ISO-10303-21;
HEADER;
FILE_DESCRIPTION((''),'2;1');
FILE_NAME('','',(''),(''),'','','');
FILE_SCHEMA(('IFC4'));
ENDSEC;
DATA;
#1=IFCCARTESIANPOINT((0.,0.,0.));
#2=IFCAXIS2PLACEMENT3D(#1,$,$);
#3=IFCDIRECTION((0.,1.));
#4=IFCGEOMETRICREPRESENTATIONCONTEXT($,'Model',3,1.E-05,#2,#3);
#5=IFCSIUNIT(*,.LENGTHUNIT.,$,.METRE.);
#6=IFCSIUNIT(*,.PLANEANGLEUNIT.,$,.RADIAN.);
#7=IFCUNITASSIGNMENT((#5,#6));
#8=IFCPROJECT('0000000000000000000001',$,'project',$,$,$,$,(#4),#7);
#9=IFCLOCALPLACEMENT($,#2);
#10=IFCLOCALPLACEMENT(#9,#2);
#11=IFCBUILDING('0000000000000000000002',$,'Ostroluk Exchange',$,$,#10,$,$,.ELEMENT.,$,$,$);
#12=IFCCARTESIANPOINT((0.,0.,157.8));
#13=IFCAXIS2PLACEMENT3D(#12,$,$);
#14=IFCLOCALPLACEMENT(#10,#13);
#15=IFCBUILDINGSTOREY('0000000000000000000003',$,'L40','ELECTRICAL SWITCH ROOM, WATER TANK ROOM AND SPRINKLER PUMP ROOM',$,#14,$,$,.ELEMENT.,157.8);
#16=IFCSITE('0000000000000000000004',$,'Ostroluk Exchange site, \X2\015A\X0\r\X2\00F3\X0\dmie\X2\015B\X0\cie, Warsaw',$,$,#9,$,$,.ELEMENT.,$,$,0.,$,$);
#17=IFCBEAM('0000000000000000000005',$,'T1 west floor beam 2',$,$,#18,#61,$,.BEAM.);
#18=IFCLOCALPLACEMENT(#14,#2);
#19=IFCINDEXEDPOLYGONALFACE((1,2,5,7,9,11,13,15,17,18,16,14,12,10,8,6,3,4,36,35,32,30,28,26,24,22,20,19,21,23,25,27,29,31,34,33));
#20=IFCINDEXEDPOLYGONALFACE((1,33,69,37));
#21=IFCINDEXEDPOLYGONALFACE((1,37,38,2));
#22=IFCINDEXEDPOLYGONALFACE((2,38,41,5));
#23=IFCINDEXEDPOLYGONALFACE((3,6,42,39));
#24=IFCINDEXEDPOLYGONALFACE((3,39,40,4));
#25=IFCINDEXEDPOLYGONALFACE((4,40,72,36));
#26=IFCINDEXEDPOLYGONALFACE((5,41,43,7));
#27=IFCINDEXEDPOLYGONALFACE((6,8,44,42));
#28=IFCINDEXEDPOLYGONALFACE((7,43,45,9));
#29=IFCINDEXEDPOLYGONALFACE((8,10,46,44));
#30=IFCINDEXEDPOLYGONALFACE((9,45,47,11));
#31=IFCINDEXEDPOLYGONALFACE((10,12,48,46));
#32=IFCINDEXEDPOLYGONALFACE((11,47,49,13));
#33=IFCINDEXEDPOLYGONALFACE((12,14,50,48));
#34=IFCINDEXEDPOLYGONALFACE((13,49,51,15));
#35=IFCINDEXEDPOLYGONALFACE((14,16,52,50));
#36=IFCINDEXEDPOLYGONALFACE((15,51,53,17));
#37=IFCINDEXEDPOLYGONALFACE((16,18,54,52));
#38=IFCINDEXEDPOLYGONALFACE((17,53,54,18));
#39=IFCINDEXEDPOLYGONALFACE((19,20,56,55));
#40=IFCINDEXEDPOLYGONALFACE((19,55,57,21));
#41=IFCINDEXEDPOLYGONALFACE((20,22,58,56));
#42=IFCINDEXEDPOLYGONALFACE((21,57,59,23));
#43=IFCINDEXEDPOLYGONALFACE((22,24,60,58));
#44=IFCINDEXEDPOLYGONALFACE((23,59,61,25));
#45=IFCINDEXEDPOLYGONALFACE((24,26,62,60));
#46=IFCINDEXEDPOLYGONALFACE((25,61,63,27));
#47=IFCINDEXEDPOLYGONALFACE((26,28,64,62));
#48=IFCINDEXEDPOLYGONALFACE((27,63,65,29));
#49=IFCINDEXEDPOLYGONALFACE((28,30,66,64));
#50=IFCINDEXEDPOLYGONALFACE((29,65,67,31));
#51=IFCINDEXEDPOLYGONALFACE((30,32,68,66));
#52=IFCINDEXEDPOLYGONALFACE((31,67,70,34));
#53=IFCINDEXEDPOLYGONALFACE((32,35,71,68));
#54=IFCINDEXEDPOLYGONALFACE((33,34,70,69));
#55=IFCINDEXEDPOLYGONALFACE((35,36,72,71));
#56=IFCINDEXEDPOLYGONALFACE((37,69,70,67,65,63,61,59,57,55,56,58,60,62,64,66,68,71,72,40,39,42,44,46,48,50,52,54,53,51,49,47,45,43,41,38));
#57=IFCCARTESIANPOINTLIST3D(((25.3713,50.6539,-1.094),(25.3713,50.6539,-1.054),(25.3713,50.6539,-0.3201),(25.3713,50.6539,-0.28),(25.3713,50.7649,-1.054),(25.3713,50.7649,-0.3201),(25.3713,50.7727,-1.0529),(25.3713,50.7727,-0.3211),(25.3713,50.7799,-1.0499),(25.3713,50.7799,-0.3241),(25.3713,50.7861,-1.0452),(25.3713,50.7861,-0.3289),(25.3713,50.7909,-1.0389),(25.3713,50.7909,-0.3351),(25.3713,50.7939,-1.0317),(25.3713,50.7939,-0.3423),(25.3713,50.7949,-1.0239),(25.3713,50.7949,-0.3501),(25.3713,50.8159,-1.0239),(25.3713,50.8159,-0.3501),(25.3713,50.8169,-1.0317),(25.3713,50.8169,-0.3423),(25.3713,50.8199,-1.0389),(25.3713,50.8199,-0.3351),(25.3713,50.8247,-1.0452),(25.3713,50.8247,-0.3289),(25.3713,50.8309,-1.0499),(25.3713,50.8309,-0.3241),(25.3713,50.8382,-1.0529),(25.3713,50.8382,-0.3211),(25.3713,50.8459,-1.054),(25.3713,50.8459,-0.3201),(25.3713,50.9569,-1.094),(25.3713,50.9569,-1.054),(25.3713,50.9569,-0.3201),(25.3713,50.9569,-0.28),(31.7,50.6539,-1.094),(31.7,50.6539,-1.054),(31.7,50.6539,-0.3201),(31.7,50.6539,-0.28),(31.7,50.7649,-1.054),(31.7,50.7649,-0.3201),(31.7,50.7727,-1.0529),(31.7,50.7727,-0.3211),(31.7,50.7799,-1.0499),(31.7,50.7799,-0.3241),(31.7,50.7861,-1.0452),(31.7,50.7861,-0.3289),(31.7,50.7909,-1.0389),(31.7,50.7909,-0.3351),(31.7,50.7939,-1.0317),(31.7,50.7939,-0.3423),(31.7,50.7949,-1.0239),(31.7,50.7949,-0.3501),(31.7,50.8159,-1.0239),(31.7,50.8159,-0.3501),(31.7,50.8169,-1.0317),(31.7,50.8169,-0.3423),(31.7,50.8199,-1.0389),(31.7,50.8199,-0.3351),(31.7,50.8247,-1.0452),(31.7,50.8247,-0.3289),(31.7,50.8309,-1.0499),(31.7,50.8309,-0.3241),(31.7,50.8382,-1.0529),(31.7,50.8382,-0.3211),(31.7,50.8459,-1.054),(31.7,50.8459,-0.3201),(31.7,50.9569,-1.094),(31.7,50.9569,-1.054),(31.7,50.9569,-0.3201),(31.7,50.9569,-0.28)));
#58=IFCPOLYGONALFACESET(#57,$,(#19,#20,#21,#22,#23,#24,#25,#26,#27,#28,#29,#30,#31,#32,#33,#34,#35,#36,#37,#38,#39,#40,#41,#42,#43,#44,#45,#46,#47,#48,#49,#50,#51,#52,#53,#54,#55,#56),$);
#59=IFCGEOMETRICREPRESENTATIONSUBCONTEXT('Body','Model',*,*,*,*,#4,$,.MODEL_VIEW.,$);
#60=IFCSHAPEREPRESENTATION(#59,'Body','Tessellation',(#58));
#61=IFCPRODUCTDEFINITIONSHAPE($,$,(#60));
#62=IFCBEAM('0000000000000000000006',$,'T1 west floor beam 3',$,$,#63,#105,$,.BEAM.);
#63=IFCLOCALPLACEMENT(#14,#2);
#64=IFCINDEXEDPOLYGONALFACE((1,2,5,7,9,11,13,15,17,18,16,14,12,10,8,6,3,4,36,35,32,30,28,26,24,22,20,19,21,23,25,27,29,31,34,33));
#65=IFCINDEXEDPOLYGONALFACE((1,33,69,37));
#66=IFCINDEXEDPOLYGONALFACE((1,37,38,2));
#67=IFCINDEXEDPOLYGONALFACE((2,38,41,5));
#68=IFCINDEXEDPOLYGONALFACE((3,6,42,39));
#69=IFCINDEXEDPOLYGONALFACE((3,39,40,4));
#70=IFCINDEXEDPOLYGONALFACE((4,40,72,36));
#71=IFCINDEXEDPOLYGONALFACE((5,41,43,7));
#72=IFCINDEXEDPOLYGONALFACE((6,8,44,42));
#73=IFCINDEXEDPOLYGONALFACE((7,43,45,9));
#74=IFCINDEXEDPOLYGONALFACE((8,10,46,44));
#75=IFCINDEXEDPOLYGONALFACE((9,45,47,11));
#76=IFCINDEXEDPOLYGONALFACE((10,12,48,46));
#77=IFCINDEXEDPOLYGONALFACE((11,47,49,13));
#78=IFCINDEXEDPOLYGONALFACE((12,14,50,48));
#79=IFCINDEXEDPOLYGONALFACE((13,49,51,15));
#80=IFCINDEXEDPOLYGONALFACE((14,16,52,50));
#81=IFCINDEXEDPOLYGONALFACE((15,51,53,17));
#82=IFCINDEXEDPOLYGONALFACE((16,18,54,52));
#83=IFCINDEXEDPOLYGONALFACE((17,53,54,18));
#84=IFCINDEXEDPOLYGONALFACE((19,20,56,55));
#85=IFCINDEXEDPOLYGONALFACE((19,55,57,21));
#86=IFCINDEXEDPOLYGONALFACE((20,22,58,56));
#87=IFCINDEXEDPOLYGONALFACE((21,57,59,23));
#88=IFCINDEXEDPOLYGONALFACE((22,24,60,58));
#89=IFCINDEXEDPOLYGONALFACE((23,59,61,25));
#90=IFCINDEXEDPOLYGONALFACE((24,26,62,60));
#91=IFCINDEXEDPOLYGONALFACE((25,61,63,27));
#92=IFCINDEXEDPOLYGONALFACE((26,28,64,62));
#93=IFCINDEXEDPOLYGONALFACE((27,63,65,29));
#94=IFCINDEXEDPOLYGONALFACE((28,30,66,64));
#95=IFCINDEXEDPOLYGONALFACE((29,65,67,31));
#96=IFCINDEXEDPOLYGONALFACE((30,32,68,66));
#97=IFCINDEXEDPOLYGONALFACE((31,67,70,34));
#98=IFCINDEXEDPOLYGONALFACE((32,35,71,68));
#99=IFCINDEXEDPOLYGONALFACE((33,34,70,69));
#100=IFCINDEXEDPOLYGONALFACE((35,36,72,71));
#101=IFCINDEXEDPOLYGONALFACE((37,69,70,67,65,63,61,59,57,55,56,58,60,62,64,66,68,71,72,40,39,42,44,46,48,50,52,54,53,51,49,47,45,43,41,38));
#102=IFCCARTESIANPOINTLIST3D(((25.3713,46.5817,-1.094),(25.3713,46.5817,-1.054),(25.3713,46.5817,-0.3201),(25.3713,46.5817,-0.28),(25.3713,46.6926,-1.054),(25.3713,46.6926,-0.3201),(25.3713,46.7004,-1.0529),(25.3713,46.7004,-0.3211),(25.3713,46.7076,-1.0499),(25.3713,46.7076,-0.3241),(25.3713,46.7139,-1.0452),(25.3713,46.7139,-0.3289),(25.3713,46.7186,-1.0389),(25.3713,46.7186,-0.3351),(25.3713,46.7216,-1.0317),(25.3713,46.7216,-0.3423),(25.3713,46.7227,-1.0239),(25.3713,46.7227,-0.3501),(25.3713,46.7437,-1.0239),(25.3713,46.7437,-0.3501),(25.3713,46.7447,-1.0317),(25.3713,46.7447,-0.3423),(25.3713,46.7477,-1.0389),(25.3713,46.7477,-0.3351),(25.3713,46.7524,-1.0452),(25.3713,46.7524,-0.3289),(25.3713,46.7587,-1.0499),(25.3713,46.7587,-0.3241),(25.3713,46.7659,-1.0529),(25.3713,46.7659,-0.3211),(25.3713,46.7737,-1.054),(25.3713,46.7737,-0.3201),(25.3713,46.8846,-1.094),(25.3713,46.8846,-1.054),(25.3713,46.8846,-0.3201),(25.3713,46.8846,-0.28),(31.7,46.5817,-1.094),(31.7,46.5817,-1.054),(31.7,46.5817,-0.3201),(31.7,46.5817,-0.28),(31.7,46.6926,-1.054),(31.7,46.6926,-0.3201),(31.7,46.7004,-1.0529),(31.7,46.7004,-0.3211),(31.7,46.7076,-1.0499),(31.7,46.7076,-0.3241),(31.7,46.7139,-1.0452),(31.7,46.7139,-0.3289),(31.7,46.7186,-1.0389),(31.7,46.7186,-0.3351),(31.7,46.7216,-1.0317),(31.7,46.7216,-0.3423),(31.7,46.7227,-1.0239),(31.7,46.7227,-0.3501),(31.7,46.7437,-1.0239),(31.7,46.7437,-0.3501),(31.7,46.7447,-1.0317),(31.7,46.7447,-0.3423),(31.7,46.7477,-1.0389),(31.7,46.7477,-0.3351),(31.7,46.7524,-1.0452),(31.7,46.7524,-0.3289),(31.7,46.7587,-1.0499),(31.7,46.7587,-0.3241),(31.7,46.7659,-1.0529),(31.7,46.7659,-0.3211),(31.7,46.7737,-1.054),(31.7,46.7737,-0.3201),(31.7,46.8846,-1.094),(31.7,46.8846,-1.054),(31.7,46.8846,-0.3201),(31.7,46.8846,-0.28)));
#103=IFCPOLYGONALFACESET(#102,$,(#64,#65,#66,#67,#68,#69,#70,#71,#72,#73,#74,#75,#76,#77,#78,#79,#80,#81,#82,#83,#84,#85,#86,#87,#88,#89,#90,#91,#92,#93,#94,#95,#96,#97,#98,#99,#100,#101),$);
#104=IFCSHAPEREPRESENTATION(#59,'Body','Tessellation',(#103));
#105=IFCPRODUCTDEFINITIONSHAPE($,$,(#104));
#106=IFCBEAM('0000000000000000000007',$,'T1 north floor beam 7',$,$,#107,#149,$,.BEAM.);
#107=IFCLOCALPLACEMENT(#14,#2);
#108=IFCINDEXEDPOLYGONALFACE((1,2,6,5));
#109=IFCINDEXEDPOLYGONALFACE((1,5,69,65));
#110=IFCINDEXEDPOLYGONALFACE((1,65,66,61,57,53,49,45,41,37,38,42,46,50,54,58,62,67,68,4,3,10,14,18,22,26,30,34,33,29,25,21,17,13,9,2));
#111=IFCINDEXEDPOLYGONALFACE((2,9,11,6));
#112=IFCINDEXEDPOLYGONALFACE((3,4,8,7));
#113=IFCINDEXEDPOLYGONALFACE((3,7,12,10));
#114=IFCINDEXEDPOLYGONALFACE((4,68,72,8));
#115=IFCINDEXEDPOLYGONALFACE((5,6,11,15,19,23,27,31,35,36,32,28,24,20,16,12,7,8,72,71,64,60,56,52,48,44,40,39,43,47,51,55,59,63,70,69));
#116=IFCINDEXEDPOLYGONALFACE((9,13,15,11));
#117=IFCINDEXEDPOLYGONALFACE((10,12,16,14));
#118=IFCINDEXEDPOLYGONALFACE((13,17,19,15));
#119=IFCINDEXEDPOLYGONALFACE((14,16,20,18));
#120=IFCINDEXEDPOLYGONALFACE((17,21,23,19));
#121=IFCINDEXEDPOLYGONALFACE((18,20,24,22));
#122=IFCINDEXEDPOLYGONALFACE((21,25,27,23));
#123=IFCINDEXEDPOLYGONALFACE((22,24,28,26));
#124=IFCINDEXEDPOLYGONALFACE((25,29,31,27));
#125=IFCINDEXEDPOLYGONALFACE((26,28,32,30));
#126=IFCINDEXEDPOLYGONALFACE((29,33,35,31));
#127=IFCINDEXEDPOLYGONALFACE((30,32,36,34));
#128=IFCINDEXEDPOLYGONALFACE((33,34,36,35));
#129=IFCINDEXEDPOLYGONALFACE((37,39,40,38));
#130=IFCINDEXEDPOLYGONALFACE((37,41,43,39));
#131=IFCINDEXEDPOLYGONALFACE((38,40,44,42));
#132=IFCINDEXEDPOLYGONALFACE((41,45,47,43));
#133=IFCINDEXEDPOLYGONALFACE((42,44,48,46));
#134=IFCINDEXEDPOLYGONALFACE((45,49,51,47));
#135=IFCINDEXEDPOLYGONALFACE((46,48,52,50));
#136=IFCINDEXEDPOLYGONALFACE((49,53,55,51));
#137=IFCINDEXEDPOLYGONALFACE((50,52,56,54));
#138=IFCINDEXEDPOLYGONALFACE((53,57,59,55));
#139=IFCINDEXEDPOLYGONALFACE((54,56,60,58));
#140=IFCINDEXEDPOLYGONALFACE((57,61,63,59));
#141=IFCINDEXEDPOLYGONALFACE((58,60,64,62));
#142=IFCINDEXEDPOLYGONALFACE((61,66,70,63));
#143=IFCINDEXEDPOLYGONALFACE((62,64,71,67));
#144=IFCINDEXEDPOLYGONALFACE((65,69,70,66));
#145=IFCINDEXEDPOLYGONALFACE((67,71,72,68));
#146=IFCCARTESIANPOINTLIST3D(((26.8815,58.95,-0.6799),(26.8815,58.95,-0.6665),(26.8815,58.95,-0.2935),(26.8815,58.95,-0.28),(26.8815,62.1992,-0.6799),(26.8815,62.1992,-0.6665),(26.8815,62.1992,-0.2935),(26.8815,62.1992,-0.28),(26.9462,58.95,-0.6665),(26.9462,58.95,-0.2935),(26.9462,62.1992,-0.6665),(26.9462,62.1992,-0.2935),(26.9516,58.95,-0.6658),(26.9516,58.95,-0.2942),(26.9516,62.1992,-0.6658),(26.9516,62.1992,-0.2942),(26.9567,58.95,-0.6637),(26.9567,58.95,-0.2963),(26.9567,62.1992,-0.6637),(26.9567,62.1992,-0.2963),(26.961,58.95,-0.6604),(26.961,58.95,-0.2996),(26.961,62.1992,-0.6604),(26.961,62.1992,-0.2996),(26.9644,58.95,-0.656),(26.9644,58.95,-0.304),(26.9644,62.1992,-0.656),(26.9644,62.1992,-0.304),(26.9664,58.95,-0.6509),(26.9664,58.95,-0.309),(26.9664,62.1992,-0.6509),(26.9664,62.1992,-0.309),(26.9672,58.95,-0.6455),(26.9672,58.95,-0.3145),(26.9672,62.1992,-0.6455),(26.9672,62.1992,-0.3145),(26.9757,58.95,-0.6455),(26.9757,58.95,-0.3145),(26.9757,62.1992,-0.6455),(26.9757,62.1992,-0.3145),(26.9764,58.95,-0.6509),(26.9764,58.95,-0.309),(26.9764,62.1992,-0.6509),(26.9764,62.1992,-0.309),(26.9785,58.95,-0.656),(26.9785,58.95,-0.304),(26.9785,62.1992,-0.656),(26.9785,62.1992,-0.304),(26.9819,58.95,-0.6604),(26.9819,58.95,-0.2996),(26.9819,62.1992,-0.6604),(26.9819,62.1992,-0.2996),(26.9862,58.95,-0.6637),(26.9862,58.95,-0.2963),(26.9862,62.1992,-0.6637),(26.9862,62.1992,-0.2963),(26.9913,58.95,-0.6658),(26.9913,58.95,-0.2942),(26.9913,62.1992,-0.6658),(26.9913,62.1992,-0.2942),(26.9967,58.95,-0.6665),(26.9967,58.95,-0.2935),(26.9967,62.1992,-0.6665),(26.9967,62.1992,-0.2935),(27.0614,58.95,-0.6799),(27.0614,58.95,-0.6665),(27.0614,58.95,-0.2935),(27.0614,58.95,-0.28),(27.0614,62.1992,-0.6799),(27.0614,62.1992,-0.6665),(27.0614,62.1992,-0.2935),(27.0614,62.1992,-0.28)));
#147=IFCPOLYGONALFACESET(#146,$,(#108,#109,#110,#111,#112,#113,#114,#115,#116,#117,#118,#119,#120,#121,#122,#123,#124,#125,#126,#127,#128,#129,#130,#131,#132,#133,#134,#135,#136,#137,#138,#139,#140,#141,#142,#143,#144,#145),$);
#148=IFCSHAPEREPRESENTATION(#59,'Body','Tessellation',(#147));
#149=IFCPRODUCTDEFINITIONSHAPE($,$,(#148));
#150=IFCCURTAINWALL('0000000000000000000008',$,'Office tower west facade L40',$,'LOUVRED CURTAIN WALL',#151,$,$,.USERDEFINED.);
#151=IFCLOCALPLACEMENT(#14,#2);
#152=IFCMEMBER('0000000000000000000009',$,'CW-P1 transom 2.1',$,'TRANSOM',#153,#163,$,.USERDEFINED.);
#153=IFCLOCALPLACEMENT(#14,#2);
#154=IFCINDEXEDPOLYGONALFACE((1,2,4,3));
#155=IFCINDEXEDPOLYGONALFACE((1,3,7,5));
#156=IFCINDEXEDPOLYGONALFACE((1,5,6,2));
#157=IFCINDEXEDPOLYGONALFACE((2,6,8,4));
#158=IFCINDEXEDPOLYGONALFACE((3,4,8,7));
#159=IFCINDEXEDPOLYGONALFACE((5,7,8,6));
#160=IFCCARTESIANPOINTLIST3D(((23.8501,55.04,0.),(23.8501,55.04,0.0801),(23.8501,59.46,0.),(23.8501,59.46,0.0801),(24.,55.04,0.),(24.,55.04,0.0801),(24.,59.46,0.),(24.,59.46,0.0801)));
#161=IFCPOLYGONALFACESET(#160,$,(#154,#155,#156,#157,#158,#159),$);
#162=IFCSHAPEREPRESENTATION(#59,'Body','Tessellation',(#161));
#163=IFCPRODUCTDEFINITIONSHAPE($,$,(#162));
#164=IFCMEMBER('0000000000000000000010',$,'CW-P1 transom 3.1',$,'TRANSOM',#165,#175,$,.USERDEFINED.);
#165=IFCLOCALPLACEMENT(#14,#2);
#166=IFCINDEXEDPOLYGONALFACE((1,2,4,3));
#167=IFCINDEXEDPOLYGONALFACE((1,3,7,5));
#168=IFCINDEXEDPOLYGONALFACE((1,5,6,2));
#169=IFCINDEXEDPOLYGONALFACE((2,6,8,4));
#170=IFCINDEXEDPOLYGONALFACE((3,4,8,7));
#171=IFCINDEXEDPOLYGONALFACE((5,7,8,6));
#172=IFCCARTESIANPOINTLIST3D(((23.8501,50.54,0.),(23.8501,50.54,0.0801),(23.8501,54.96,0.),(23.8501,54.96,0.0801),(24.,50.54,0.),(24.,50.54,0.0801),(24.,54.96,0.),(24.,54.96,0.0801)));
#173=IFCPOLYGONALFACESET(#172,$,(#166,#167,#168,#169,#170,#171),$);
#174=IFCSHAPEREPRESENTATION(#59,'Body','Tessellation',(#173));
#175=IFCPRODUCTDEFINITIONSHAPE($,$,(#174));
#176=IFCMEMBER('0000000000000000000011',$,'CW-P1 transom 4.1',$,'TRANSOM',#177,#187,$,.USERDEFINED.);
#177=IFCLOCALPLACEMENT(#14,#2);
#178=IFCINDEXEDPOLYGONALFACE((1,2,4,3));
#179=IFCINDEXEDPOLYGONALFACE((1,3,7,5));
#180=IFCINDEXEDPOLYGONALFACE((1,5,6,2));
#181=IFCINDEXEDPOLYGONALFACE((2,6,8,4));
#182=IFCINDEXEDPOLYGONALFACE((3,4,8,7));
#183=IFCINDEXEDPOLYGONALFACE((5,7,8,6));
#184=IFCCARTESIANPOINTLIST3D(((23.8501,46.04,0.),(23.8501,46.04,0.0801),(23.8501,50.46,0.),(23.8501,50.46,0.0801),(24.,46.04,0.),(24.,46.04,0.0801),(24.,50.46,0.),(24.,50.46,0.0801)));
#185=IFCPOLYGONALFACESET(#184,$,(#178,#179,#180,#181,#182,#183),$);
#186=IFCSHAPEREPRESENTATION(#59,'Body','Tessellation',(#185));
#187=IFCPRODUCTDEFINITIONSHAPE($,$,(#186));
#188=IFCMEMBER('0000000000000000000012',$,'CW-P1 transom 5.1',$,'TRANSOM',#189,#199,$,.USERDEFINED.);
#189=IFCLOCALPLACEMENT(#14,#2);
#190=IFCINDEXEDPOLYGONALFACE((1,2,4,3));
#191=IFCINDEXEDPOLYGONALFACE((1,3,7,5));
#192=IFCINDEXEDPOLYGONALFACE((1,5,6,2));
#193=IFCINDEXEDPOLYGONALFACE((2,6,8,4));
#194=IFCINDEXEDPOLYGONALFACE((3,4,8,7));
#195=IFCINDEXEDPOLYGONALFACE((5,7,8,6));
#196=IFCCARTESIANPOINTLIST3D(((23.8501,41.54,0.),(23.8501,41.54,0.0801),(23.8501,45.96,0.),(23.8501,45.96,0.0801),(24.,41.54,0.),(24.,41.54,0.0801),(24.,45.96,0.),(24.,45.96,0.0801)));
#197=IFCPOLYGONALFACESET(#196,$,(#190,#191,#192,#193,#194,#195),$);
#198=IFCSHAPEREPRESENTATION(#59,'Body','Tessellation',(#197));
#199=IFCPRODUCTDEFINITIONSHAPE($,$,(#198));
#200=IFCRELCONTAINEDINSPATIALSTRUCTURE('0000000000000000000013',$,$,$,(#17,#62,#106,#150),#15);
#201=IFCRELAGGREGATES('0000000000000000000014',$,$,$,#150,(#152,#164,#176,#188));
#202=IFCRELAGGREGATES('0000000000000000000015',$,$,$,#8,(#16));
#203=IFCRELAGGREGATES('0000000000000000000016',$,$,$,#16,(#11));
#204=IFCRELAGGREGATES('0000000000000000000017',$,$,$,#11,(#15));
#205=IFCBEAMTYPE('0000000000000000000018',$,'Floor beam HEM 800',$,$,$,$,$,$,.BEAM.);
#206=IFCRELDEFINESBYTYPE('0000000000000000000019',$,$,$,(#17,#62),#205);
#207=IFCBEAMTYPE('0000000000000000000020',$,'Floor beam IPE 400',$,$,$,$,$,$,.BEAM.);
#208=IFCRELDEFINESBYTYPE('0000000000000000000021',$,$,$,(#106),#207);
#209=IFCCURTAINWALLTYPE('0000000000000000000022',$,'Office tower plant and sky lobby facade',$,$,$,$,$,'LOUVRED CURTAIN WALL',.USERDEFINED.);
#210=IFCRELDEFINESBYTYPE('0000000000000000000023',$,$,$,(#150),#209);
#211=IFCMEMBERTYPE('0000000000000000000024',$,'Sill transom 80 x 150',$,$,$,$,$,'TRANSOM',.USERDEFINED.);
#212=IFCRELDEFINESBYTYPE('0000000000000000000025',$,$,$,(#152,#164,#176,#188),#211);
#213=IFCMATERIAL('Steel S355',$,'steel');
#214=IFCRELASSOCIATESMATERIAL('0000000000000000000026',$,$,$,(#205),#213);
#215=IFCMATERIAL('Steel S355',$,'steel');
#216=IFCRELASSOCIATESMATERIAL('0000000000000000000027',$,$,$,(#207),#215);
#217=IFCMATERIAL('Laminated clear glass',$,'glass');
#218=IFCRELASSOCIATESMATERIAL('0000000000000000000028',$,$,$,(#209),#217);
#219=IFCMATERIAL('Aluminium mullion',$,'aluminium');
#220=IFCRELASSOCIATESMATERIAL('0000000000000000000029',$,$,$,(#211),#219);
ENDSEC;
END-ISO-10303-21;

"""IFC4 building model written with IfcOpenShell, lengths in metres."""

from ifc_helpers import new_model, si_unit, direction, frame, origin, origin_2d, place, context, subcontext, project, spatial, rectangle, i_section, extrude, material, material_profile, profile_set, type_object, element, aggregate, save


model = new_model("IFC4")

# Units and contexts
model_context = context("Model", 3, precision=1e-05, world=origin(), true_north=direction((0.0, 1.0)))
body_context = subcontext(model_context, "Body", "Model", "MODEL_VIEW")
ifc_project = project(units=[si_unit("LENGTHUNIT", "METRE"), si_unit("PLANEANGLEUNIT", "RADIAN")], contexts=[model_context])

# Site, building, storey
site_placement = place(None, origin())
site = spatial("IfcSite", under=ifc_project, at=site_placement, Name="Ostroluk Exchange site, Śródmieście, Warsaw", CompositionType="ELEMENT", RefElevation=0.0)
building_placement = place(site_placement, origin())
building = spatial("IfcBuilding", under=site, at=building_placement, Name="Ostroluk Exchange", CompositionType="ELEMENT")
storey_placement = place(building_placement, frame((0.0, 0.0, 157.8)))
storey = spatial("IfcBuildingStorey", under=building, at=storey_placement, Name="L40", Description="ELECTRICAL SWITCH ROOM, WATER TANK ROOM AND SPRINKLER PUMP ROOM", CompositionType="ELEMENT", Elevation=157.8)

# Beams
ifc_material_1 = material(Name="Steel S355", Category="steel")
ifc_material_profile_1 = material_profile(ifc_material_1, i_section(OverallWidth=0.303, OverallDepth=0.814, WebThickness=0.021, FlangeThickness=0.04, FilletRadius=0.03, at=origin_2d()), Name="HEM 800")
ifc_profile_set_1 = profile_set([ifc_material_profile_1], Name="Steel S355")
beam_type_1 = type_object("IfcBeamType", Name="Floor beam HEM 800", PredefinedType="BEAM", material=ifc_profile_set_1)
for number, where, z_axis, x_axis, name in (
    (1, (31.7, 50.8054, -0.687), (-1.0, 0.0, 0.0), (0.0, -1.0, 0.0), "T1 west floor beam 2"),
    (2, (31.7, 46.7332, -0.687), (-1.0, 0.0, 0.0), (0.0, -1.0, 0.0), "T1 west floor beam 3"),
):
    element("IfcBeam", number, at=place(storey_placement, frame(where, z_axis=z_axis, x_axis=x_axis)), inside=storey, type_object=beam_type_1, Name=name, PredefinedType="BEAM", context=body_context, shape_type="SweptSolid", body=[
        extrude(i_section(OverallWidth=0.303, OverallDepth=0.814, WebThickness=0.021, FlangeThickness=0.04, FilletRadius=0.03, at=origin_2d()), origin(), (0.0, 0.0, 1.0), 6.3286),
    ])
ifc_material_2 = material(Name="Steel S355", Category="steel")
ifc_material_profile_2 = material_profile(ifc_material_2, i_section(OverallWidth=0.1799, OverallDepth=0.3999, WebThickness=0.0085, FlangeThickness=0.0134, FilletRadius=0.021, at=origin_2d()), Name="IPE 400")
ifc_profile_set_2 = profile_set([ifc_material_profile_2], Name="Steel S355")
beam_type_2 = type_object("IfcBeamType", Name="Floor beam IPE 400", PredefinedType="BEAM", material=ifc_profile_set_2)
beam_placement = place(storey_placement, frame((26.9714, 58.95, -0.48), z_axis=(0.0, 1.0, 0.0), x_axis=(-1.0, 0.0, 0.0)))
element("IfcBeam", 3, at=beam_placement, inside=storey, type_object=beam_type_2, Name="T1 north floor beam 7", PredefinedType="BEAM", context=body_context, shape_type="SweptSolid", body=[
    extrude(i_section(OverallWidth=0.1799, OverallDepth=0.3999, WebThickness=0.0085, FlangeThickness=0.0134, FilletRadius=0.021, at=origin_2d()), origin(), (0.0, 0.0, 1.0), 3.2493),
])

# Curtain wall, members
ifc_material_3 = material(Name="Laminated clear glass", Category="glass")
curtain_wall_type = type_object("IfcCurtainWallType", Name="Office tower plant and sky lobby facade", ElementType="LOUVRED CURTAIN WALL", PredefinedType="USERDEFINED", material=ifc_material_3)
curtain_wall_placement = place(storey_placement, origin())
curtain_wall = element("IfcCurtainWall", 4, at=curtain_wall_placement, inside=storey, type_object=curtain_wall_type, Name="Office tower west facade L40", ObjectType="LOUVRED CURTAIN WALL", PredefinedType="USERDEFINED")
ifc_material_4 = material(Name="Aluminium mullion", Category="aluminium")
ifc_material_profile_3 = material_profile(ifc_material_4, rectangle(XDim=0.1499, YDim=0.0801, at=origin_2d()), Name="Sill transom 80 x 150")
ifc_profile_set_3 = profile_set([ifc_material_profile_3], Name="Aluminium mullion")
member_type_1 = type_object("IfcMemberType", Name="Sill transom 80 x 150", ElementType="TRANSOM", PredefinedType="USERDEFINED", material=ifc_profile_set_3)
member_1_placement = place(storey_placement, frame((23.925, 59.46, 0.04), z_axis=(0.0, -1.0, 0.0), x_axis=(1.0, 0.0, 0.0)))
member_1 = element("IfcMember", 5, at=member_1_placement, type_object=member_type_1, Name="CW-P1 transom 2.1", ObjectType="TRANSOM", PredefinedType="USERDEFINED", context=body_context, shape_type="SweptSolid", body=[
    extrude(rectangle(XDim=0.1499, YDim=0.0801, at=origin_2d()), origin(), (0.0, 0.0, 1.0), 4.4199),
])
member_2_placement = place(storey_placement, frame((23.925, 54.96, 0.04), z_axis=(0.0, -1.0, 0.0), x_axis=(1.0, 0.0, 0.0)))
member_2 = element("IfcMember", 6, at=member_2_placement, type_object=member_type_1, Name="CW-P1 transom 3.1", ObjectType="TRANSOM", PredefinedType="USERDEFINED", context=body_context, shape_type="SweptSolid", body=[
    extrude(rectangle(XDim=0.1499, YDim=0.0801, at=origin_2d()), origin(), (0.0, 0.0, 1.0), 4.4199),
])
member_3_placement = place(storey_placement, frame((23.925, 50.46, 0.04), z_axis=(0.0, -1.0, 0.0), x_axis=(1.0, 0.0, 0.0)))
member_3 = element("IfcMember", 7, at=member_3_placement, type_object=member_type_1, Name="CW-P1 transom 4.1", ObjectType="TRANSOM", PredefinedType="USERDEFINED", context=body_context, shape_type="SweptSolid", body=[
    extrude(rectangle(XDim=0.1499, YDim=0.0801, at=origin_2d()), origin(), (0.0, 0.0, 1.0), 4.4199),
])
member_4_placement = place(storey_placement, frame((23.925, 45.96, 0.04), z_axis=(0.0, -1.0, 0.0), x_axis=(1.0, 0.0, 0.0)))
member_4 = element("IfcMember", 8, at=member_4_placement, type_object=member_type_1, Name="CW-P1 transom 5.1", ObjectType="TRANSOM", PredefinedType="USERDEFINED", context=body_context, shape_type="SweptSolid", body=[
    extrude(rectangle(XDim=0.1499, YDim=0.0801, at=origin_2d()), origin(), (0.0, 0.0, 1.0), 4.4199),
])
aggregate(curtain_wall, [member_1, member_2, member_3, member_4])

save(model, "model.ifc")
